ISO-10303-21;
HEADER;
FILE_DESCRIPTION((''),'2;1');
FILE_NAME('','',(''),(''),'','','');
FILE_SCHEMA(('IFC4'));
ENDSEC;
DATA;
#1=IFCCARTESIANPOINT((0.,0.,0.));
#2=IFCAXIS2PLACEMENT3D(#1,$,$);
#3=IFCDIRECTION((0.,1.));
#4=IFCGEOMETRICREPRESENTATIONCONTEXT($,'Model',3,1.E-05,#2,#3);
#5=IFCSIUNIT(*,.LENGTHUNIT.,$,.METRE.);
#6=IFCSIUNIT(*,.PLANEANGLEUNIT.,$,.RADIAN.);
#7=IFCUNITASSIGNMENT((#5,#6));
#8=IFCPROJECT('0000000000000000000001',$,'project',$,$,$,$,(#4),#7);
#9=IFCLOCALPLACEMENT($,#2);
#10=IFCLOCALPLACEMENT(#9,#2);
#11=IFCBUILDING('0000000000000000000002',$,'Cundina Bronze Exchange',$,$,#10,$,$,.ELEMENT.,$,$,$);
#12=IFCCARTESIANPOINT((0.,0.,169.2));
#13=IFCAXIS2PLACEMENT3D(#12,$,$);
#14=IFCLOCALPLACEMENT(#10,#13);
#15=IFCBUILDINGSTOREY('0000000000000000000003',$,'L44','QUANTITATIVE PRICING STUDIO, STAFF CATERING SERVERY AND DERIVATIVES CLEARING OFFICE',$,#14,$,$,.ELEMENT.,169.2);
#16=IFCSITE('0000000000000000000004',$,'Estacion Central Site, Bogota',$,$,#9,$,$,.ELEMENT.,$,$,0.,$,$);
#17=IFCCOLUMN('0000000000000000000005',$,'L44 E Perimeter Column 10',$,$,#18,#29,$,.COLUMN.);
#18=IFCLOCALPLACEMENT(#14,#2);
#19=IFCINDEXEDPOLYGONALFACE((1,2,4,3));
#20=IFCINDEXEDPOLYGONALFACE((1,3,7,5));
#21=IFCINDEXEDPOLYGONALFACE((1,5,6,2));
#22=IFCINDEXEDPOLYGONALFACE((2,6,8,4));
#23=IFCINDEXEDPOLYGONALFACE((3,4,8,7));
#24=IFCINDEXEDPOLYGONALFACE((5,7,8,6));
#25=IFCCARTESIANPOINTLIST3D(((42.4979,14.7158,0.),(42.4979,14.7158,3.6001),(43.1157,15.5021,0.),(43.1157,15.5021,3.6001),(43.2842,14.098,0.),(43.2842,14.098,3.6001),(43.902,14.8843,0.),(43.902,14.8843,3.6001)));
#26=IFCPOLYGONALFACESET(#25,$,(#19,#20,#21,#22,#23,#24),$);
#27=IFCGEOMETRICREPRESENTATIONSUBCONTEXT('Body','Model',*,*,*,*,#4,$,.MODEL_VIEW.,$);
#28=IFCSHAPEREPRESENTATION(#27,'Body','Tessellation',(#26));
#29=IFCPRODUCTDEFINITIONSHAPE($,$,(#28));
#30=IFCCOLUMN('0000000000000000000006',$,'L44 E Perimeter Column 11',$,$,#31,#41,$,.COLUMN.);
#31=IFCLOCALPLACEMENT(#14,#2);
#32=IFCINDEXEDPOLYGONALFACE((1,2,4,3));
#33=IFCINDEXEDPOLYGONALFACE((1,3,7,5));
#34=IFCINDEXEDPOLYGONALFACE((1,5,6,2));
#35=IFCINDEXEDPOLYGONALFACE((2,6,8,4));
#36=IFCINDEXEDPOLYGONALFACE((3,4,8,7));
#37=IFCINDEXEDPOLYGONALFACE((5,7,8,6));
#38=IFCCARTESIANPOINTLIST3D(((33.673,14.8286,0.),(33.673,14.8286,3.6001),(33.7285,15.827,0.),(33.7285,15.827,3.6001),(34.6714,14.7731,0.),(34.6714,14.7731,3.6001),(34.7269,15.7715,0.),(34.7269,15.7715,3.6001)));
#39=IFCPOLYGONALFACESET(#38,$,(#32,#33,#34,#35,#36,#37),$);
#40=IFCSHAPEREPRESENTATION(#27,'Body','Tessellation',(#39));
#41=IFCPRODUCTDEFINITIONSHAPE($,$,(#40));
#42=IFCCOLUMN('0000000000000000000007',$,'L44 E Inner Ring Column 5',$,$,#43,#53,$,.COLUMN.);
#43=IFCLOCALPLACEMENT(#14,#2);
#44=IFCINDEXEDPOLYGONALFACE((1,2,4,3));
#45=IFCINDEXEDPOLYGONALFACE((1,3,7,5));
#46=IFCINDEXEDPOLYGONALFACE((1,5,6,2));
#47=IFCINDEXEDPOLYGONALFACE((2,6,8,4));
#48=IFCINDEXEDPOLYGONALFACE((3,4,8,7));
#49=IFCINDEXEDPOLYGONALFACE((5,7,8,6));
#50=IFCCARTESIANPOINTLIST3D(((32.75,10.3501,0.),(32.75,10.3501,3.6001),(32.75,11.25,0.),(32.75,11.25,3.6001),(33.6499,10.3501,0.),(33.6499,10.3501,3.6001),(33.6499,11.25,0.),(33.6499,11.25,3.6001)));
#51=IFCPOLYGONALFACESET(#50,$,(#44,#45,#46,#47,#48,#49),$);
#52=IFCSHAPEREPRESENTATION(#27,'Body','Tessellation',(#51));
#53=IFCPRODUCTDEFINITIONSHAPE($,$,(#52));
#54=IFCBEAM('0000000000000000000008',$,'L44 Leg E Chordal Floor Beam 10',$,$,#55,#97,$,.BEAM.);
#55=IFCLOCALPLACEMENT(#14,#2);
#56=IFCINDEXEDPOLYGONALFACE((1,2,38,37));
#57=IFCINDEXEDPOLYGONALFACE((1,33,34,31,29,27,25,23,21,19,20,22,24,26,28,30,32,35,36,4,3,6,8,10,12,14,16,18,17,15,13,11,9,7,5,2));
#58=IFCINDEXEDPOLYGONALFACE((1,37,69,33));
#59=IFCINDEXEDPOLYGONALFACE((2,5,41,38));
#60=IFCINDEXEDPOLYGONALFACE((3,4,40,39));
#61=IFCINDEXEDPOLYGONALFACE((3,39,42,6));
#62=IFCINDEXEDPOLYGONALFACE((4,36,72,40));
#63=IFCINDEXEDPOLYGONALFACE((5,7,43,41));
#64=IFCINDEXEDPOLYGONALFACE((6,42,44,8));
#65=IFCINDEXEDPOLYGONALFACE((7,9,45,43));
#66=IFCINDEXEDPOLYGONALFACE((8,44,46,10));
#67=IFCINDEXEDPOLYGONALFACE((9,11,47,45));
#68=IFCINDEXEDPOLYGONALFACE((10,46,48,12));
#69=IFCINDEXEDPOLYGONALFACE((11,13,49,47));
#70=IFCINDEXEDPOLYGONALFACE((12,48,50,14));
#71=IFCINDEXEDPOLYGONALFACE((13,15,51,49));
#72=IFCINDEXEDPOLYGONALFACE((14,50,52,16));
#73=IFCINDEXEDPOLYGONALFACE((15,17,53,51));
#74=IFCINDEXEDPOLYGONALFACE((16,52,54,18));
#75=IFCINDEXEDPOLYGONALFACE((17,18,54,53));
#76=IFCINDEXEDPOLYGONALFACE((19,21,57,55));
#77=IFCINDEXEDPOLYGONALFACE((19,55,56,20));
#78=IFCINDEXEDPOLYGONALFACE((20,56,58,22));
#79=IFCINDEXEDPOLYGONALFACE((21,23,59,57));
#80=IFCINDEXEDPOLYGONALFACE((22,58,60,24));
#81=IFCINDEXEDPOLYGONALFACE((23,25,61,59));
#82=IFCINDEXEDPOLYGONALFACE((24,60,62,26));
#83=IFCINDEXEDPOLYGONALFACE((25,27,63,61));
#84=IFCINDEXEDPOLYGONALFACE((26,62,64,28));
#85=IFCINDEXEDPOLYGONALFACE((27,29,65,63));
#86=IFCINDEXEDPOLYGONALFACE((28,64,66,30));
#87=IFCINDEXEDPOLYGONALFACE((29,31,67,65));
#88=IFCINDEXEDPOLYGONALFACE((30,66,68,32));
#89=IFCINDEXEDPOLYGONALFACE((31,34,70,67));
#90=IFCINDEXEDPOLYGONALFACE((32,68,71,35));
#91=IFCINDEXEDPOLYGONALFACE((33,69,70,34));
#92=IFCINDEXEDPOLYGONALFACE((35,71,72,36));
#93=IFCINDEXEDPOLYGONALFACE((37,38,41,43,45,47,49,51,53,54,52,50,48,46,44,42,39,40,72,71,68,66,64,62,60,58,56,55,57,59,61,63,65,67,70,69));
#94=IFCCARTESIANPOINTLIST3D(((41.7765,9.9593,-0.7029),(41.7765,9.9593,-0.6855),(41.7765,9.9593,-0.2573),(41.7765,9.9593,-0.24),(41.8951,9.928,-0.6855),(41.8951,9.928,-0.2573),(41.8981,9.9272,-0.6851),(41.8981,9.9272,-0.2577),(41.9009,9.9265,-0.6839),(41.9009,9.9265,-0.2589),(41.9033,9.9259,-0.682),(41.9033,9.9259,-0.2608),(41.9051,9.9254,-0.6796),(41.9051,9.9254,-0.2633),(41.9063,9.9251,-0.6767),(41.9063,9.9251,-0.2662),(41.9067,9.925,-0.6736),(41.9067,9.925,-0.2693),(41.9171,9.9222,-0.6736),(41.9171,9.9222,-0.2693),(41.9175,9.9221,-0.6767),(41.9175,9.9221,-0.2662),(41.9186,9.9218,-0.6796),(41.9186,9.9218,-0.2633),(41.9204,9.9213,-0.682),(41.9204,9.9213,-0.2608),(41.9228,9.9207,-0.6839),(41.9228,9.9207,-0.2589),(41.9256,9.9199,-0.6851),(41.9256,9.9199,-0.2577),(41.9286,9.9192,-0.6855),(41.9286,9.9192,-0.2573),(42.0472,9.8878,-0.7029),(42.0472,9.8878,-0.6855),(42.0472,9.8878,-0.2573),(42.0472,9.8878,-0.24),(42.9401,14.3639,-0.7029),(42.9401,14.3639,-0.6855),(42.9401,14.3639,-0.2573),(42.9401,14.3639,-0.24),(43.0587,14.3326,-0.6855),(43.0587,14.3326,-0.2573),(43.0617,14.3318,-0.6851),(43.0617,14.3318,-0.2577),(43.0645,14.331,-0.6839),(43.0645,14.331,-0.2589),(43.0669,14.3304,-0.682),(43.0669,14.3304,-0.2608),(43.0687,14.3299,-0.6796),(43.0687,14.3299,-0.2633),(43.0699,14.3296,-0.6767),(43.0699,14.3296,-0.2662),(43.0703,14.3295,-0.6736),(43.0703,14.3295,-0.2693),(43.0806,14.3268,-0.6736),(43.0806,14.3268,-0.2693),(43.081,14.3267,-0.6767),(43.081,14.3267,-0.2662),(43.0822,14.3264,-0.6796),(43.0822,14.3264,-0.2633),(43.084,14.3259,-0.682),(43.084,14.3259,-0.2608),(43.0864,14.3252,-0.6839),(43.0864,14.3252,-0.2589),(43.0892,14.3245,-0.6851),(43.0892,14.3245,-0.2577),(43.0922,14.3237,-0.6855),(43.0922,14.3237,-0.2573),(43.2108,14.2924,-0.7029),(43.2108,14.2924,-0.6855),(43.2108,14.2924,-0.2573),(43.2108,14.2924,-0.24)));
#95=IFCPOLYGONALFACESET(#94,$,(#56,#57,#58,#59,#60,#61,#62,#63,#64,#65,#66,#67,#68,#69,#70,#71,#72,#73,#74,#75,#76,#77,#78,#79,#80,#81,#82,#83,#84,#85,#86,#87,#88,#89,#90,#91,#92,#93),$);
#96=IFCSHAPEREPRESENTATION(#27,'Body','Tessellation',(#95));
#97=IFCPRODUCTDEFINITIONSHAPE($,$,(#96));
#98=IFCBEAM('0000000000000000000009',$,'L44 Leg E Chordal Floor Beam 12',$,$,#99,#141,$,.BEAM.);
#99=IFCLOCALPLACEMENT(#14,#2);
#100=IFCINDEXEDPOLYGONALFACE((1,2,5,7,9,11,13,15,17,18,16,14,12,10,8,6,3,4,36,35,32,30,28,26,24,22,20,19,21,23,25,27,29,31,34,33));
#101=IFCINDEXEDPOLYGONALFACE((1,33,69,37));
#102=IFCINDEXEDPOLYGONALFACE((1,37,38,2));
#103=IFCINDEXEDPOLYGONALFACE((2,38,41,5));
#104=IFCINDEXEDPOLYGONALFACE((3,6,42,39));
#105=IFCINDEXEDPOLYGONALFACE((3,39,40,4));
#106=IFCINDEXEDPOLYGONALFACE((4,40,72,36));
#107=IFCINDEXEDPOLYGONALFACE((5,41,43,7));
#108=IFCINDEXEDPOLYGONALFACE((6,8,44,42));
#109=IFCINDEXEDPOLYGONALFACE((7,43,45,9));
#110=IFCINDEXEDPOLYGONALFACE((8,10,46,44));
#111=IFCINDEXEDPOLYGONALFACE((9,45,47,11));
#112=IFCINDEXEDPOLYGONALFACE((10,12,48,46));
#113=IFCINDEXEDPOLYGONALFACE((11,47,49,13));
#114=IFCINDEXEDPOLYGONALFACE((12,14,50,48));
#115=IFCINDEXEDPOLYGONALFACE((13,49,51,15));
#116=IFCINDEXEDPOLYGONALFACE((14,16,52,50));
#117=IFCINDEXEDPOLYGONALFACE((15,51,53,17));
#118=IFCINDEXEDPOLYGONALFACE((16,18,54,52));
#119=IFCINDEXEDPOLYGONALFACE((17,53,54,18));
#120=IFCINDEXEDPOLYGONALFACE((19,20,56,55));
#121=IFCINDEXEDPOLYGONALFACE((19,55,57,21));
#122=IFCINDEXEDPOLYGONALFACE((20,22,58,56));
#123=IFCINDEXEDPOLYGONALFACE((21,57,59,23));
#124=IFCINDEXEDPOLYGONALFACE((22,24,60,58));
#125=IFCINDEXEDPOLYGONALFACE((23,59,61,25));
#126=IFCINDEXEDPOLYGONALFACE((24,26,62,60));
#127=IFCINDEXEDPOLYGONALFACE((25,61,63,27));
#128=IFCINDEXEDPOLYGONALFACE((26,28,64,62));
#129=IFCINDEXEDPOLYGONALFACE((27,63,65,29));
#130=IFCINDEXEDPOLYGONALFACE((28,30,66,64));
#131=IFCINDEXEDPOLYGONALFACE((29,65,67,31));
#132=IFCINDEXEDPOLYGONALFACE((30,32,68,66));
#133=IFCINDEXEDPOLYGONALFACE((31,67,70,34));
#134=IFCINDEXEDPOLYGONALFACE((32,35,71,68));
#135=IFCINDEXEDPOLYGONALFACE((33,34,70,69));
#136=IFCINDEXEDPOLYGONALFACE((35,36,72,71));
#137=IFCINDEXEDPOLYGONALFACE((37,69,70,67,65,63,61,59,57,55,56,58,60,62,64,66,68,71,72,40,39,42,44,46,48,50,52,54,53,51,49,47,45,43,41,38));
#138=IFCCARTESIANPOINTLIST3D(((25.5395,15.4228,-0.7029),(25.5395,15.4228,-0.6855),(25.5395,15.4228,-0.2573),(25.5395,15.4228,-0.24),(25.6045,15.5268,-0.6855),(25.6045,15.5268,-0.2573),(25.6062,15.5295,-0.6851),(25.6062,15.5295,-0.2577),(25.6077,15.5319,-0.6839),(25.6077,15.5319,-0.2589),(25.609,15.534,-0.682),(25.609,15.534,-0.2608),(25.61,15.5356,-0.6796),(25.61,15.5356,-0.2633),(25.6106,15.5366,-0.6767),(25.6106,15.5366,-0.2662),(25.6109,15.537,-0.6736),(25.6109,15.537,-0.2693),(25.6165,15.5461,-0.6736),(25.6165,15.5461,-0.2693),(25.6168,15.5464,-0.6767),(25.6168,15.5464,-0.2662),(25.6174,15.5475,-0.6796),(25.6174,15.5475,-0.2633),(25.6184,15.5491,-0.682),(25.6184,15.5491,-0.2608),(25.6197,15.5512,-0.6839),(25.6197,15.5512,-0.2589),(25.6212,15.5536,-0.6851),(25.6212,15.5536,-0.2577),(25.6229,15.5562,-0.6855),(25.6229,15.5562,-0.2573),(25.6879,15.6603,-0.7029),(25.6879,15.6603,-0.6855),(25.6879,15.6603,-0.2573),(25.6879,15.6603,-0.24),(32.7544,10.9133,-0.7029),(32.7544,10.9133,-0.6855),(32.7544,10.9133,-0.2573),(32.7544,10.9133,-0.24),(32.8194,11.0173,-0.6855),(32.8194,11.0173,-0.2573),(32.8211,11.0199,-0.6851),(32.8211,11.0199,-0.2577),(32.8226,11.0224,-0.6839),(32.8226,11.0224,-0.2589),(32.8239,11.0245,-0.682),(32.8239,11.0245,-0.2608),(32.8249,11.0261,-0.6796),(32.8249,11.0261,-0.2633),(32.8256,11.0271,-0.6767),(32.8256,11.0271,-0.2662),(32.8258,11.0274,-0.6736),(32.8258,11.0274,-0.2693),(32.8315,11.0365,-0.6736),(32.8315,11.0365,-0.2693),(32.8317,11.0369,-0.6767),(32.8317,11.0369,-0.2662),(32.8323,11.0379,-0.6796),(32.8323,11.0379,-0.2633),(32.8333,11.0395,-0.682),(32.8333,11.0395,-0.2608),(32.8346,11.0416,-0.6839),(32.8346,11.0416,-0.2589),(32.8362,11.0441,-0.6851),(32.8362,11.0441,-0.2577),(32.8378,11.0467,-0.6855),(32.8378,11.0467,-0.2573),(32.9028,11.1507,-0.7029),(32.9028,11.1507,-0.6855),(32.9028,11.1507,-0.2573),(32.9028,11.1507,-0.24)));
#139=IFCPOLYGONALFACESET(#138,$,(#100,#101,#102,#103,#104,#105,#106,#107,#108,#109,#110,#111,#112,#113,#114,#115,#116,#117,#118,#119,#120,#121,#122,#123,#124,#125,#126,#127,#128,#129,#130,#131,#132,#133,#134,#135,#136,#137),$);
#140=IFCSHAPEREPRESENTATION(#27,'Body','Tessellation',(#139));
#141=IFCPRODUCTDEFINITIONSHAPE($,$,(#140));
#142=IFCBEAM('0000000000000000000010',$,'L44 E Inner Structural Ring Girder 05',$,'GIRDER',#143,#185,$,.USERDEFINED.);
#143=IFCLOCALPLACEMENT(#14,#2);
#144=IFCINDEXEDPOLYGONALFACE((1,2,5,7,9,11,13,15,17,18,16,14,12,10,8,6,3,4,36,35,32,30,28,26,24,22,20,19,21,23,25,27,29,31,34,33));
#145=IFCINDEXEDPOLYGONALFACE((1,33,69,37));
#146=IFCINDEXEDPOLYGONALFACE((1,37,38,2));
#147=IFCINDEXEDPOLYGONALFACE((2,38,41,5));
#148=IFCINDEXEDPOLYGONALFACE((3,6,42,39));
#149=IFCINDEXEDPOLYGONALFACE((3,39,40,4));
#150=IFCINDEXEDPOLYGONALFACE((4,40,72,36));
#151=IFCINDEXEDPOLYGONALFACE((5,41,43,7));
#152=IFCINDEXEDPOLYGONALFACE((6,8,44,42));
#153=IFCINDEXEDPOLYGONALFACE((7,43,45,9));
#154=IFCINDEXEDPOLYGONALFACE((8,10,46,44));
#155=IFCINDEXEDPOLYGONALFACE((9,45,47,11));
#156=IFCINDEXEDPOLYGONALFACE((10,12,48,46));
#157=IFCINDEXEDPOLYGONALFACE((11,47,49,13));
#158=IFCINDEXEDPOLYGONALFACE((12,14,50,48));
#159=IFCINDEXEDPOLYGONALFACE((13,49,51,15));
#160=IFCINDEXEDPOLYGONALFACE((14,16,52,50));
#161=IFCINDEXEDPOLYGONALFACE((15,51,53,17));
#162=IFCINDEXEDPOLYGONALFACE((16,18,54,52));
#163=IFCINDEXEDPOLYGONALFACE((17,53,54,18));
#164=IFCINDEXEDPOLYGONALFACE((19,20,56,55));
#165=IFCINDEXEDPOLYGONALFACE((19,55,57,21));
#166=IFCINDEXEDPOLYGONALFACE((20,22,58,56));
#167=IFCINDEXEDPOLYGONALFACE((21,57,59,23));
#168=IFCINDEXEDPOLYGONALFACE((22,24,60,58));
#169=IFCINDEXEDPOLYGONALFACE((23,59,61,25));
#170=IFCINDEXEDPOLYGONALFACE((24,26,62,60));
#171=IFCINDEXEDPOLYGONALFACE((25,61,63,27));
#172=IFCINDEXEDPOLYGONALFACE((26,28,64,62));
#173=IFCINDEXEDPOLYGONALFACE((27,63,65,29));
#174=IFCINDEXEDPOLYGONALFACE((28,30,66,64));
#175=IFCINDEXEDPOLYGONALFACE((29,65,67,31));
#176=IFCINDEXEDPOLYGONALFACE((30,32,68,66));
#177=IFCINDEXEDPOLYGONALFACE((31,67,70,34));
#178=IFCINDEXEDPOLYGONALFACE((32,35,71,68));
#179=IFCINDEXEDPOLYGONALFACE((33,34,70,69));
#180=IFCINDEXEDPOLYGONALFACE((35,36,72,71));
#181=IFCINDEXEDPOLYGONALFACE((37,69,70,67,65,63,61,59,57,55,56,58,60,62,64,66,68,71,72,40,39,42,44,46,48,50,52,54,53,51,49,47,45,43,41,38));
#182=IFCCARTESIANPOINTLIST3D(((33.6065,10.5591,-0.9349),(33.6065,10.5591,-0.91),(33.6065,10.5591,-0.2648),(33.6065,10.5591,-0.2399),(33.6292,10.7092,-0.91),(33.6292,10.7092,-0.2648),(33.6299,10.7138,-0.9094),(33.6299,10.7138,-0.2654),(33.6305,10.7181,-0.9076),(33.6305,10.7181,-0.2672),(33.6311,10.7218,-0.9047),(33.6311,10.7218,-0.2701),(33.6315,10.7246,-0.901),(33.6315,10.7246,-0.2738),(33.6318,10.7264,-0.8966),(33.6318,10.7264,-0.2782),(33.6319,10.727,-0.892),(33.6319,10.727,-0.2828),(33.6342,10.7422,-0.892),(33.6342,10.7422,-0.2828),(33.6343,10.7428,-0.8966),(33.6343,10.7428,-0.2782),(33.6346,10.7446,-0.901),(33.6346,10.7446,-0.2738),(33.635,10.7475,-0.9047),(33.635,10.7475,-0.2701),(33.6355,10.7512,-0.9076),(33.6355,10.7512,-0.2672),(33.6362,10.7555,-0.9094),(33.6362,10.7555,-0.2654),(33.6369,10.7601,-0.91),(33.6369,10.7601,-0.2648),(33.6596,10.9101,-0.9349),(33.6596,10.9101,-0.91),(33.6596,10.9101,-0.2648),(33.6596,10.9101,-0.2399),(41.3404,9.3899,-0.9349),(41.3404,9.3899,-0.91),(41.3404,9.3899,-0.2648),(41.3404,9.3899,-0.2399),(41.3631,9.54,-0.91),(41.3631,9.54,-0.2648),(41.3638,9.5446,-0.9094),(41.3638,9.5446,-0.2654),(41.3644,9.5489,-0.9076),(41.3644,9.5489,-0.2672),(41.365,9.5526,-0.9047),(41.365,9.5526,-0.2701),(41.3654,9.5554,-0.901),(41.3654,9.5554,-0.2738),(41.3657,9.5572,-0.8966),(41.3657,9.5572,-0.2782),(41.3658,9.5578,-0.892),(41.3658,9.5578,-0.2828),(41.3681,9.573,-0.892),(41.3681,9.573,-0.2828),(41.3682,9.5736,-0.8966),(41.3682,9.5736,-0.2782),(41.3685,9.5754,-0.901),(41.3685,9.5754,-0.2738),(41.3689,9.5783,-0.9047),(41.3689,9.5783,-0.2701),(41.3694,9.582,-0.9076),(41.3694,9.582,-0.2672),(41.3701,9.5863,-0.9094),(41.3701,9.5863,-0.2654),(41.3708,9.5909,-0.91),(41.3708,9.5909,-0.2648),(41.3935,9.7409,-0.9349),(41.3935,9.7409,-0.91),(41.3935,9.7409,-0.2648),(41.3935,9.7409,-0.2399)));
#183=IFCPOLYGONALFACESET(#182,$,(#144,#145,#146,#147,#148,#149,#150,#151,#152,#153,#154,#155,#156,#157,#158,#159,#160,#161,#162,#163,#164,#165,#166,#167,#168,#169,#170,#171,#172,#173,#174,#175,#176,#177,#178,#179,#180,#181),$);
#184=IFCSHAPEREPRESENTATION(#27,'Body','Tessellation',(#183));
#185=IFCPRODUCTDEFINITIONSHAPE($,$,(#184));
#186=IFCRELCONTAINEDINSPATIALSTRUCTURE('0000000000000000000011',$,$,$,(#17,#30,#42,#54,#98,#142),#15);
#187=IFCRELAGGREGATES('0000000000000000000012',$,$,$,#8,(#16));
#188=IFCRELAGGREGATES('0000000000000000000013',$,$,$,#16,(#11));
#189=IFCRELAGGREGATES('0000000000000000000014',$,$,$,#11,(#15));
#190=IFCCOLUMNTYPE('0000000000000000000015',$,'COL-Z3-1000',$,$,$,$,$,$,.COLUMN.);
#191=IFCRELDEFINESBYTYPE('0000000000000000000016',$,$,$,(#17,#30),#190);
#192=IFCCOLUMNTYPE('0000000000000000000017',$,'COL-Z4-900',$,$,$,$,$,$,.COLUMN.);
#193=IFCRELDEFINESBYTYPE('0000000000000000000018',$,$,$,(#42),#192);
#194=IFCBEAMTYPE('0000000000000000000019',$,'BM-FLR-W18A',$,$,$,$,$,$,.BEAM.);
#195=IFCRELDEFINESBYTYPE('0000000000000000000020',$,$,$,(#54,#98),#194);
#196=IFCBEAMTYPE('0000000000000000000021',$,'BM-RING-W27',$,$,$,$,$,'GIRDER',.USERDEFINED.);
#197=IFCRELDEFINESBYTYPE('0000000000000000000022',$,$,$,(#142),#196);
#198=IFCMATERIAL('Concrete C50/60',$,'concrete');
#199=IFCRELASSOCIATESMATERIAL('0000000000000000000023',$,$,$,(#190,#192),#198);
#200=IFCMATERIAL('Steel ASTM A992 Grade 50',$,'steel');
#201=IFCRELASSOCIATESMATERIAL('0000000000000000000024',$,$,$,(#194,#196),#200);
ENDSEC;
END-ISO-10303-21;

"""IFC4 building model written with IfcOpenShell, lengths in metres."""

from ifc_helpers import new_model, si_unit, direction, frame, origin, origin_2d, place, context, subcontext, project, spatial, rectangle, i_section, extrude, material, material_profile, profile_set, type_object, element, save


model = new_model("IFC4")

# Units and contexts
model_context = context("Model", 3, precision=1e-05, world=origin(), true_north=direction((0.0, 1.0)))
body_context = subcontext(model_context, "Body", "Model", "MODEL_VIEW")
ifc_project = project(units=[si_unit("LENGTHUNIT", "METRE"), si_unit("PLANEANGLEUNIT", "RADIAN")], contexts=[model_context])

# Site, building, storey
site_placement = place(None, origin())
site = spatial("IfcSite", under=ifc_project, at=site_placement, Name="Estacion Central Site, Bogota", CompositionType="ELEMENT", RefElevation=0.0)
building_placement = place(site_placement, origin())
building = spatial("IfcBuilding", under=site, at=building_placement, Name="Cundina Bronze Exchange", CompositionType="ELEMENT")
storey_placement = place(building_placement, frame((0.0, 0.0, 169.2)))
storey = spatial("IfcBuildingStorey", under=building, at=storey_placement, Name="L44", Description="QUANTITATIVE PRICING STUDIO, STAFF CATERING SERVERY AND DERIVATIVES CLEARING OFFICE", CompositionType="ELEMENT", Elevation=169.2)

# Columns
ifc_material_1 = material(Name="Concrete C50/60", Category="concrete")
ifc_material_profile_1 = material_profile(ifc_material_1, rectangle(XDim=1.0, YDim=1.0, at=origin_2d()), Name="RC1000X1000", Category="concrete")
ifc_profile_set_1 = profile_set([ifc_material_profile_1], Name="Concrete C50/60")
column_type_1 = type_object("IfcColumnType", Name="COL-Z3-1000", PredefinedType="COLUMN", material=ifc_profile_set_1)
for number, where, z_axis, x_axis, name in (
    (1, (43.2, 14.8, 0.0), (0.0, 0.0, 1.0), (-0.786288, 0.61786, 0.0), "L44 E Perimeter Column 10"),
    (2, (34.2, 15.3, 0.0), (0.0, 0.0, 1.0), (-0.99846, 0.055473, 0.0), "L44 E Perimeter Column 11"),
):
    element("IfcColumn", number, at=place(storey_placement, frame(where, z_axis=z_axis, x_axis=x_axis)), inside=storey, type_object=column_type_1, Name=name, PredefinedType="COLUMN", context=body_context, shape_type="SweptSolid", body=[
        extrude(rectangle(XDim=1.0, YDim=1.0, at=origin_2d()), origin(), (0.0, 0.0, 1.0), 3.6001),
    ])
ifc_material_profile_2 = material_profile(ifc_material_1, rectangle(XDim=0.8999, YDim=0.8999, at=origin_2d()), Name="RC900X900", Category="concrete")
ifc_profile_set_2 = profile_set([ifc_material_profile_2], Name="Concrete C50/60")
column_type_2 = type_object("IfcColumnType", Name="COL-Z4-900", PredefinedType="COLUMN", material=ifc_profile_set_2)
column_placement = place(storey_placement, frame((33.2, 10.8, 0.0), z_axis=(0.0, 0.0, 1.0), x_axis=(1.0, 0.0, 0.0)))
element("IfcColumn", 3, at=column_placement, inside=storey, type_object=column_type_2, Name="L44 E Inner Ring Column 5", PredefinedType="COLUMN", context=body_context, shape_type="SweptSolid", body=[
    extrude(rectangle(XDim=0.8999, YDim=0.8999, at=origin_2d()), origin(), (0.0, 0.0, 1.0), 3.6001),
])

# Beams
ifc_material_2 = material(Name="Steel ASTM A992 Grade 50", Category="steel")
ifc_material_profile_3 = material_profile(ifc_material_2, i_section(OverallWidth=0.28, OverallDepth=0.4629, WebThickness=0.0107, FlangeThickness=0.0173, FilletRadius=0.012, at=origin_2d()), Name="W18X76", Category="steel")
ifc_profile_set_3 = profile_set([ifc_material_profile_3], Name="Steel ASTM A992 Grade 50")
beam_type_1 = type_object("IfcBeamType", Name="BM-FLR-W18A", PredefinedType="BEAM", material=ifc_profile_set_3)
beam_1_placement = place(storey_placement, frame((41.9119, 9.9236, -0.4714), z_axis=(0.255414, 0.966832, 0.0), x_axis=(-0.966832, 0.255414, 0.0)))
element("IfcBeam", 4, at=beam_1_placement, inside=storey, type_object=beam_type_1, Name="L44 Leg E Chordal Floor Beam 10", PredefinedType="BEAM", context=body_context, shape_type="SweptSolid", body=[
    extrude(i_section(OverallWidth=0.28, OverallDepth=0.4629, WebThickness=0.0107, FlangeThickness=0.0173, FilletRadius=0.012, at=origin_2d()), origin(), (0.0, 0.0, 1.0), 4.5557),
])
beam_2_placement = place(storey_placement, frame((32.8286, 11.032, -0.4714), z_axis=(-0.847985, 0.53002, 0.0), x_axis=(-0.53002, -0.847985, 0.0)))
element("IfcBeam", 5, at=beam_2_placement, inside=storey, type_object=beam_type_1, Name="L44 Leg E Chordal Floor Beam 12", PredefinedType="BEAM", context=body_context, shape_type="SweptSolid", body=[
    extrude(i_section(OverallWidth=0.28, OverallDepth=0.4629, WebThickness=0.0107, FlangeThickness=0.0173, FilletRadius=0.012, at=origin_2d()), origin(), (0.0, 0.0, 1.0), 8.5083),
])
ifc_material_profile_4 = material_profile(ifc_material_2, i_section(OverallWidth=0.355, OverallDepth=0.6951, WebThickness=0.0154, FlangeThickness=0.0249, FilletRadius=0.0181, at=origin_2d()), Name="W27X146", Category="steel")
ifc_profile_set_4 = profile_set([ifc_material_profile_4], Name="Steel ASTM A992 Grade 50")
beam_type_2 = type_object("IfcBeamType", Name="BM-RING-W27", ElementType="GIRDER", PredefinedType="USERDEFINED", material=ifc_profile_set_4)
beam_3_placement = place(storey_placement, frame((41.3669, 9.5654, -0.5874), z_axis=(-0.988765, 0.149479, 0.0), x_axis=(-0.149479, -0.988765, 0.0)))
element("IfcBeam", 6, at=beam_3_placement, inside=storey, type_object=beam_type_2, Name="L44 E Inner Structural Ring Girder 05", ObjectType="GIRDER", PredefinedType="USERDEFINED", context=body_context, shape_type="SweptSolid", body=[
    extrude(i_section(OverallWidth=0.355, OverallDepth=0.6951, WebThickness=0.0154, FlangeThickness=0.0249, FilletRadius=0.0181, at=origin_2d()), origin(), (0.0, 0.0, 1.0), 7.8218),
])

save(model, "model.ifc")
